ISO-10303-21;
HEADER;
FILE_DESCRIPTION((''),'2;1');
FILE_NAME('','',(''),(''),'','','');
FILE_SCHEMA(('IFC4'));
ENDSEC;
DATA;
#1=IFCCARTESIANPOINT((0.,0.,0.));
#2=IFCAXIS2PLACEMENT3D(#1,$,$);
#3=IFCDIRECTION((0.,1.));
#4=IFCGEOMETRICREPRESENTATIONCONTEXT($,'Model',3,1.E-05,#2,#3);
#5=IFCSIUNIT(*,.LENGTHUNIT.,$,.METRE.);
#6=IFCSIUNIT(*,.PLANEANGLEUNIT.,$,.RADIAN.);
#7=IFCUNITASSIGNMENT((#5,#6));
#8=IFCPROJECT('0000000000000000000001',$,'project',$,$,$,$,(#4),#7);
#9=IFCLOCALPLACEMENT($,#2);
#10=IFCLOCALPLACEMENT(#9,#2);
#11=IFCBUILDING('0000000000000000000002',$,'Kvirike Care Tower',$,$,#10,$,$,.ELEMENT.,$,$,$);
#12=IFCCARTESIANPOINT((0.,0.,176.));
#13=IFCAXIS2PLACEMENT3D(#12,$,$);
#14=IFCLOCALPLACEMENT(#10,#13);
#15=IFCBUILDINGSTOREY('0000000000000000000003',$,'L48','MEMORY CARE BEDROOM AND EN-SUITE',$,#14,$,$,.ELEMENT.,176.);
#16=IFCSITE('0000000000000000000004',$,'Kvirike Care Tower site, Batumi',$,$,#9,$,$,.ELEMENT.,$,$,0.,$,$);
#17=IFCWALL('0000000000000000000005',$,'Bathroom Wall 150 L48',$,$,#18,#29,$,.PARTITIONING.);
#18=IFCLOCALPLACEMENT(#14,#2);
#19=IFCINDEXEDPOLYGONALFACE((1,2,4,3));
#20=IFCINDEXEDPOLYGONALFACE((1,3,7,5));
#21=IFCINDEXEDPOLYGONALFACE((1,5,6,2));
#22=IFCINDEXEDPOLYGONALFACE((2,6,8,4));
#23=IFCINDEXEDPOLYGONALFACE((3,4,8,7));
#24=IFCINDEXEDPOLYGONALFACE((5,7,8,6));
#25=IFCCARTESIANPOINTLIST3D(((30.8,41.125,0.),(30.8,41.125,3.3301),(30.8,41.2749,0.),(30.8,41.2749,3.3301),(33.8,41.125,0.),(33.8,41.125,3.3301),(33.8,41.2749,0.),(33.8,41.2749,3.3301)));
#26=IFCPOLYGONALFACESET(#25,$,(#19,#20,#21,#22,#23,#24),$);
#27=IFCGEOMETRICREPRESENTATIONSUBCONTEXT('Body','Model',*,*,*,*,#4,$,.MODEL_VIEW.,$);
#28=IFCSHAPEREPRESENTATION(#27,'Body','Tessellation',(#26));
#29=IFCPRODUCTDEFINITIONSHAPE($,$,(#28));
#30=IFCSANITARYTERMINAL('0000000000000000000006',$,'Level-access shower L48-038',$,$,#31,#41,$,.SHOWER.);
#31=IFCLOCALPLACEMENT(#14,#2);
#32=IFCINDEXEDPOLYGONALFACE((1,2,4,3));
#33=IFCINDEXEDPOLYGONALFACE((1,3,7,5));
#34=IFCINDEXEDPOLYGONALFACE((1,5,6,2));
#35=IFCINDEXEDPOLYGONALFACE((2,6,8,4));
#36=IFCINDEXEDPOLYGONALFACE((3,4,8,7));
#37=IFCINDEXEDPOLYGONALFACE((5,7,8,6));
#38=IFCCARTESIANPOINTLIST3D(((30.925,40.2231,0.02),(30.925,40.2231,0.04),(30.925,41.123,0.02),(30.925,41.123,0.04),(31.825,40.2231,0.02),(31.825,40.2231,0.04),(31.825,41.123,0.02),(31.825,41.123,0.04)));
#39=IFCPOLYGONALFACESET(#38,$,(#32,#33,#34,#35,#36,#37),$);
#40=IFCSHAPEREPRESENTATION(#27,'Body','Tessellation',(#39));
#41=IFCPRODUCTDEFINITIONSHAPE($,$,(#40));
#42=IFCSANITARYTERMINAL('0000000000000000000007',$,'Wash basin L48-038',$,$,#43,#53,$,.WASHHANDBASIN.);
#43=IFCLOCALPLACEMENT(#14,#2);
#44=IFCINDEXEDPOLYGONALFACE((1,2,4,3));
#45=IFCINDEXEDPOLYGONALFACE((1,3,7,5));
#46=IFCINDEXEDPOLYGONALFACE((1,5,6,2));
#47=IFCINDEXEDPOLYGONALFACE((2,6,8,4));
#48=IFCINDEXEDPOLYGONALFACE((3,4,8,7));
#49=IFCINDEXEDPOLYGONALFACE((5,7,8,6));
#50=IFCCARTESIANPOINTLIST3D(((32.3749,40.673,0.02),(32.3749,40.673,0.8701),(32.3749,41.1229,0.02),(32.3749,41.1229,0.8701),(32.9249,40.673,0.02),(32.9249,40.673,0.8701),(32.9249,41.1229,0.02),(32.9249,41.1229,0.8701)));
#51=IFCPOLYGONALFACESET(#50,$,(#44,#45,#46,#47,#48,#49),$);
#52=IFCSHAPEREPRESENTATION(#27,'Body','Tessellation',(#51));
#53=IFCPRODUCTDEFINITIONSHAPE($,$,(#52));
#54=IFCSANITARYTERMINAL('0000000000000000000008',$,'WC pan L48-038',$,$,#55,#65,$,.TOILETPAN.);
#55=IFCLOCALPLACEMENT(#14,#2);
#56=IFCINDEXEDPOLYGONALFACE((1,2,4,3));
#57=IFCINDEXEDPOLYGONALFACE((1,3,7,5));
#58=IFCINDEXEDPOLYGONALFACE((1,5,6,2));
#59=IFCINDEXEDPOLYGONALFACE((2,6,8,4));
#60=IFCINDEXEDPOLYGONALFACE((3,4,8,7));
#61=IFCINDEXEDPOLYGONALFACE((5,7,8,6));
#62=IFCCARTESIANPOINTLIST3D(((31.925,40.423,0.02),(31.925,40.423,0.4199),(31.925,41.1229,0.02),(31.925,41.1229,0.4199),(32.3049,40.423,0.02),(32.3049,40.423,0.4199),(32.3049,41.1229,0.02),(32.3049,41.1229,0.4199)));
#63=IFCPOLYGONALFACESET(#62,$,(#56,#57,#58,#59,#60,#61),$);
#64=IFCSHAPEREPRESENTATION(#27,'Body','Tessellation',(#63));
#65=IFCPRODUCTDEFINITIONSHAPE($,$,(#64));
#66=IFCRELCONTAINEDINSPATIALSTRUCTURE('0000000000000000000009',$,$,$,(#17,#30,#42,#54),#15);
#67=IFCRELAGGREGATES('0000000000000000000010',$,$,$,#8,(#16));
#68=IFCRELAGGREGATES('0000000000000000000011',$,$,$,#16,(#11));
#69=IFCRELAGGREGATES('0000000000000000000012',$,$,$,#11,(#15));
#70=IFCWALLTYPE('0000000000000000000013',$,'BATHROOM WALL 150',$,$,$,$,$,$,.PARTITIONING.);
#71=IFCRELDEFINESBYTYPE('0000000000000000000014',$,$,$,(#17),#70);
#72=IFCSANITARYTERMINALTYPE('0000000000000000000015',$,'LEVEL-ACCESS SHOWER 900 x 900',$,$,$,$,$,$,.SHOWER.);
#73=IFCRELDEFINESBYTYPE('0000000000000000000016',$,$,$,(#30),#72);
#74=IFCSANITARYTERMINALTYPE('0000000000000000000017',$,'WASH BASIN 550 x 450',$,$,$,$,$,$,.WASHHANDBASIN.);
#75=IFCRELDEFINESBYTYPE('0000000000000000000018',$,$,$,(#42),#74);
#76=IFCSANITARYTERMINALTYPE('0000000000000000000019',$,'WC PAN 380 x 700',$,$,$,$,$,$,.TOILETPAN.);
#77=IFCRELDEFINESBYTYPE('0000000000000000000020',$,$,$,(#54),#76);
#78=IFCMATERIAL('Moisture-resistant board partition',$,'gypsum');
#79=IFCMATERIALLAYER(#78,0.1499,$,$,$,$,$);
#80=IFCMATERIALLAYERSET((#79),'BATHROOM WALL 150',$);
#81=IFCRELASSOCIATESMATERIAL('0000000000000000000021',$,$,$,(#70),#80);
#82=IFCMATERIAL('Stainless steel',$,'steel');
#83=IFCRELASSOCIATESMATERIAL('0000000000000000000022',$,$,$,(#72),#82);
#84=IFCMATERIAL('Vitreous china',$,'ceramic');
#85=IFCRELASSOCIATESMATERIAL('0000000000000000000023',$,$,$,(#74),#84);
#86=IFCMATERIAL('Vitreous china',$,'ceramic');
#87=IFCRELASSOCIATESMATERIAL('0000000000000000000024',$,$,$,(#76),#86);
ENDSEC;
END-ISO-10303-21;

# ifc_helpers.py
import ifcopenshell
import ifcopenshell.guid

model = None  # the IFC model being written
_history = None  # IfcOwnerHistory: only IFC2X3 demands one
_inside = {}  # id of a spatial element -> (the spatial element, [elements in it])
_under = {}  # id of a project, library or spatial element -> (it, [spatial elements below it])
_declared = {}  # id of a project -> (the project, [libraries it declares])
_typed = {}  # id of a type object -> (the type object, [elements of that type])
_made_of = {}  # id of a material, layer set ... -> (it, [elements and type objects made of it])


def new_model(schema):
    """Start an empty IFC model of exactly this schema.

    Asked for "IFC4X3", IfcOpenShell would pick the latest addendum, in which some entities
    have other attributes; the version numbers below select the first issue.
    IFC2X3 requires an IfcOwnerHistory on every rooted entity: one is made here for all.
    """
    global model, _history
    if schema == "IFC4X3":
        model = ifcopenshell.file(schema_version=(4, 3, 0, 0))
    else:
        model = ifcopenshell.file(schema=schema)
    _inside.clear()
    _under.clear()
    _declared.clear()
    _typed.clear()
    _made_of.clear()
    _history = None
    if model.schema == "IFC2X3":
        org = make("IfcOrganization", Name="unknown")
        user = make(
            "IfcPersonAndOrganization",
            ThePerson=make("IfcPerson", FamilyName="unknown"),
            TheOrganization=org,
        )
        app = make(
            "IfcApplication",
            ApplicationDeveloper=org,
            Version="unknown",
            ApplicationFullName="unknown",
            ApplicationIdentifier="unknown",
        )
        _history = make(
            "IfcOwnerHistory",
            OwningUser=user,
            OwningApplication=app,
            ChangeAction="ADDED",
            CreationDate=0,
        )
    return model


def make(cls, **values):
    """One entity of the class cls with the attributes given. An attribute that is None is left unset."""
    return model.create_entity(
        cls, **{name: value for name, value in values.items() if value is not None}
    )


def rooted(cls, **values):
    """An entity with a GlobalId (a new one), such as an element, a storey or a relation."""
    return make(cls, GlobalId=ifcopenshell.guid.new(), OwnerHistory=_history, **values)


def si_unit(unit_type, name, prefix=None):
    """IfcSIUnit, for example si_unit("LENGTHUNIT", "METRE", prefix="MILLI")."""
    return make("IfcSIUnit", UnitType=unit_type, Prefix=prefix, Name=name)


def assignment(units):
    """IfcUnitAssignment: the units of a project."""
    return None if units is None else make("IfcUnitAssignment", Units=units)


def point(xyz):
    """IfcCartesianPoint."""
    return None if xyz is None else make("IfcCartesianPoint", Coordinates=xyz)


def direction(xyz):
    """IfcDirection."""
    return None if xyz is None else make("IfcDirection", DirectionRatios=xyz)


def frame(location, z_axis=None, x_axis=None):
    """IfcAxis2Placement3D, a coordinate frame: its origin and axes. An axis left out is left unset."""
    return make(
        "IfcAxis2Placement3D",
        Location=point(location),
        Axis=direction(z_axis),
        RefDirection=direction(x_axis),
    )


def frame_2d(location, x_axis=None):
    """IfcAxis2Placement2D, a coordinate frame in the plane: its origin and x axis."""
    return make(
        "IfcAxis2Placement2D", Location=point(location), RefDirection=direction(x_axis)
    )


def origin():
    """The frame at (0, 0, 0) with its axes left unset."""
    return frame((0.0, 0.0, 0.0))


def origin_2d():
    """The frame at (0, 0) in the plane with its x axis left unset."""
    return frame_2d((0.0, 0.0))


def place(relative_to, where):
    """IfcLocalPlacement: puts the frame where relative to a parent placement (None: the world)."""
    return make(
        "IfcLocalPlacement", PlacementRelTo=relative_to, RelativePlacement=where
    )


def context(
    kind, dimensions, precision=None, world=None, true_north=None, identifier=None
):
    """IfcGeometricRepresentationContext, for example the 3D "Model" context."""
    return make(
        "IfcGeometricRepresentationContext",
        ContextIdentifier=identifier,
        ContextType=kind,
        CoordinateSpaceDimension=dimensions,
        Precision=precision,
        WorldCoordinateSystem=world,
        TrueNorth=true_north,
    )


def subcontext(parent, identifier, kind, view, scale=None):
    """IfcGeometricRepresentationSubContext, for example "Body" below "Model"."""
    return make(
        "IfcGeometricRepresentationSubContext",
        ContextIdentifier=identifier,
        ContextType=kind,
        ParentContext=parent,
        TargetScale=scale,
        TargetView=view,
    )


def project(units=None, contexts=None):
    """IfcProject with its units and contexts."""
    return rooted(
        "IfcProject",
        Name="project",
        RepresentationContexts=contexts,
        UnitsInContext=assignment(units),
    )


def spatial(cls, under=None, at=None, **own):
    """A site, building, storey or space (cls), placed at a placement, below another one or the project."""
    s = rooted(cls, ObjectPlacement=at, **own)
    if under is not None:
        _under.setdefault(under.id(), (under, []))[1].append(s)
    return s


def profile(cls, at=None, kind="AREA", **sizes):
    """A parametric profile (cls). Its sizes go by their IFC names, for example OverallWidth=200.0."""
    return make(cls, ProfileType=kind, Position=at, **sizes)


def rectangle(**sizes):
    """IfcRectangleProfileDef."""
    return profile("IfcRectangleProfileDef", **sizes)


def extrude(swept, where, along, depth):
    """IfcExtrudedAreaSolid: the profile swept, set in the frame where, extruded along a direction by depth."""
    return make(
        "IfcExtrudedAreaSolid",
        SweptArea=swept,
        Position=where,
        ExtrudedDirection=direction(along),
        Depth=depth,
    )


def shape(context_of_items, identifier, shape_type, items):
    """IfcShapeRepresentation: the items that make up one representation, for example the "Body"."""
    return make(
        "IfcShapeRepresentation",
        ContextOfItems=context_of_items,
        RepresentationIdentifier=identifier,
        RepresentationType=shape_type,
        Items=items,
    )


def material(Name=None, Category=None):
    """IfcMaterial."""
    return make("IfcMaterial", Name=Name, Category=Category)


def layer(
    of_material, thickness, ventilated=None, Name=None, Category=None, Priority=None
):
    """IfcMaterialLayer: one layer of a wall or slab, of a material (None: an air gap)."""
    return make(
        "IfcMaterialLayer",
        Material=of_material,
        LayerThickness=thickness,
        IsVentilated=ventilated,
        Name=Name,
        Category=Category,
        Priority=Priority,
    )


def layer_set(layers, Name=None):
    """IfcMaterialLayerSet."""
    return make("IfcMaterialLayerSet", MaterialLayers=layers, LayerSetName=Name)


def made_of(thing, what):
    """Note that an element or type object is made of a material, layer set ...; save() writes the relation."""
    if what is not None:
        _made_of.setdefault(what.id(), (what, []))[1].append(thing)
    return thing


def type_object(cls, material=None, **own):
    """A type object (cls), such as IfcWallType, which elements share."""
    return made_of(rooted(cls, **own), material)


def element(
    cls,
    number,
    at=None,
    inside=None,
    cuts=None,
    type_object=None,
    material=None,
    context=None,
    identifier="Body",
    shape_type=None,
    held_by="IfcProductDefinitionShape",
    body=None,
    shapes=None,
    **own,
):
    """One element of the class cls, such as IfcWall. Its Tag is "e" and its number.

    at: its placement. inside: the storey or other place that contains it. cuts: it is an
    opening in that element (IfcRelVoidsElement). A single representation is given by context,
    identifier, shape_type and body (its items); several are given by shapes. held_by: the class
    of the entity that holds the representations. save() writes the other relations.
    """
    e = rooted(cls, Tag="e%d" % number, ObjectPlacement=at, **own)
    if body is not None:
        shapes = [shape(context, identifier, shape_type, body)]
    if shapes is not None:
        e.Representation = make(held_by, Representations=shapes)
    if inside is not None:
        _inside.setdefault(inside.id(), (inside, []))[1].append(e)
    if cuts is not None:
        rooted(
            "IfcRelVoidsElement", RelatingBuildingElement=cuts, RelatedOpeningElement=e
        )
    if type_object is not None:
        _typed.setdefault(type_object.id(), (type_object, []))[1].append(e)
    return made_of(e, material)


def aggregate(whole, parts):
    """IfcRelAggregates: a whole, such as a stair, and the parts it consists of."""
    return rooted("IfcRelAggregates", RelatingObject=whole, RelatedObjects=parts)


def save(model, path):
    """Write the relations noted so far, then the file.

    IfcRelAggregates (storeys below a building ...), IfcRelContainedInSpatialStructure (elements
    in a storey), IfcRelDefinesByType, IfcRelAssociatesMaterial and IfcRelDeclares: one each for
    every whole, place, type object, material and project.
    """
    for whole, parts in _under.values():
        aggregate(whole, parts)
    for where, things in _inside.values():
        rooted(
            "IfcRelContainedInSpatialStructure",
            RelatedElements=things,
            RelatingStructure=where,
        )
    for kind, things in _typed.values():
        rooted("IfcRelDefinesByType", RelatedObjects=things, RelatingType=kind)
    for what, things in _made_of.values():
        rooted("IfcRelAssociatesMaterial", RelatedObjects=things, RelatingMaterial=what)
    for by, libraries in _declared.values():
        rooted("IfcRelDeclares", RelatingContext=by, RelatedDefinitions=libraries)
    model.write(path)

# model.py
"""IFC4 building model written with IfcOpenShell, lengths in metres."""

from ifc_helpers import new_model, si_unit, direction, frame, frame_2d, origin, origin_2d, place, context, subcontext, project, spatial, rectangle, extrude, material, layer, layer_set, type_object, element, save


model = new_model("IFC4")

# Units and contexts
model_context = context("Model", 3, precision=1e-05, world=origin(), true_north=direction((0.0, 1.0)))
body_context = subcontext(model_context, "Body", "Model", "MODEL_VIEW")
ifc_project = project(units=[si_unit("LENGTHUNIT", "METRE"), si_unit("PLANEANGLEUNIT", "RADIAN")], contexts=[model_context])

# Site, building, storey
site_placement = place(None, origin())
site = spatial("IfcSite", under=ifc_project, at=site_placement, Name="Kvirike Care Tower site, Batumi", CompositionType="ELEMENT", RefElevation=0.0)
building_placement = place(site_placement, origin())
building = spatial("IfcBuilding", under=site, at=building_placement, Name="Kvirike Care Tower", CompositionType="ELEMENT")
storey_placement = place(building_placement, frame((0.0, 0.0, 176.0)))
storey = spatial("IfcBuildingStorey", under=building, at=storey_placement, Name="L48", Description="MEMORY CARE BEDROOM AND EN-SUITE", CompositionType="ELEMENT", Elevation=176.0)

# Wall
ifc_material_1 = material(Name="Moisture-resistant board partition", Category="gypsum")
ifc_layer_1 = layer(ifc_material_1, 0.1499)
ifc_layer_set_1 = layer_set([ifc_layer_1], Name="BATHROOM WALL 150")
wall_type = type_object("IfcWallType", Name="BATHROOM WALL 150", PredefinedType="PARTITIONING", material=ifc_layer_set_1)
wall_placement = place(storey_placement, frame((33.8, 41.2, 0.0), z_axis=(0.0, 0.0, 1.0), x_axis=(-1.0, 0.0, 0.0)))
element("IfcWall", 1, at=wall_placement, inside=storey, type_object=wall_type, Name="Bathroom Wall 150 L48", PredefinedType="PARTITIONING", context=body_context, shape_type="SweptSolid", body=[
    extrude(rectangle(XDim=3.0, YDim=0.1499, at=frame_2d((1.5, 0.0))), origin(), (0.0, 0.0, 1.0), 3.3301),
])

# Sanitary terminals
ifc_material_2 = material(Name="Stainless steel", Category="steel")
sanitary_terminal_type_1 = type_object("IfcSanitaryTerminalType", Name="LEVEL-ACCESS SHOWER 900 x 900", PredefinedType="SHOWER", material=ifc_material_2)
sanitary_terminal_1_placement = place(storey_placement, frame((31.375, 40.6731, 0.02), z_axis=(0.0, 0.0, 1.0), x_axis=(1.0, 0.0, 0.0)))
element("IfcSanitaryTerminal", 2, at=sanitary_terminal_1_placement, inside=storey, type_object=sanitary_terminal_type_1, Name="Level-access shower L48-038", PredefinedType="SHOWER", context=body_context, shape_type="SweptSolid", body=[
    extrude(rectangle(XDim=0.8999, YDim=0.8999, at=origin_2d()), origin(), (0.0, 0.0, 1.0), 0.02),
])
ifc_material_3 = material(Name="Vitreous china", Category="ceramic")
sanitary_terminal_type_2 = type_object("IfcSanitaryTerminalType", Name="WASH BASIN 550 x 450", PredefinedType="WASHHANDBASIN", material=ifc_material_3)
sanitary_terminal_2_placement = place(storey_placement, frame((32.6499, 40.8979, 0.02), z_axis=(0.0, 0.0, 1.0), x_axis=(1.0, 0.0, 0.0)))
element("IfcSanitaryTerminal", 3, at=sanitary_terminal_2_placement, inside=storey, type_object=sanitary_terminal_type_2, Name="Wash basin L48-038", PredefinedType="WASHHANDBASIN", context=body_context, shape_type="SweptSolid", body=[
    extrude(rectangle(XDim=0.55, YDim=0.45, at=origin_2d()), origin(), (0.0, 0.0, 1.0), 0.8501),
])
ifc_material_4 = material(Name="Vitreous china", Category="ceramic")
sanitary_terminal_type_3 = type_object("IfcSanitaryTerminalType", Name="WC PAN 380 x 700", PredefinedType="TOILETPAN", material=ifc_material_4)
sanitary_terminal_3_placement = place(storey_placement, frame((32.115, 40.7729, 0.02), z_axis=(0.0, 0.0, 1.0), x_axis=(1.0, 0.0, 0.0)))
element("IfcSanitaryTerminal", 4, at=sanitary_terminal_3_placement, inside=storey, type_object=sanitary_terminal_type_3, Name="WC pan L48-038", PredefinedType="TOILETPAN", context=body_context, shape_type="SweptSolid", body=[
    extrude(rectangle(XDim=0.3799, YDim=0.7, at=origin_2d()), origin(), (0.0, 0.0, 1.0), 0.3999),
])

save(model, "model.ifc")
